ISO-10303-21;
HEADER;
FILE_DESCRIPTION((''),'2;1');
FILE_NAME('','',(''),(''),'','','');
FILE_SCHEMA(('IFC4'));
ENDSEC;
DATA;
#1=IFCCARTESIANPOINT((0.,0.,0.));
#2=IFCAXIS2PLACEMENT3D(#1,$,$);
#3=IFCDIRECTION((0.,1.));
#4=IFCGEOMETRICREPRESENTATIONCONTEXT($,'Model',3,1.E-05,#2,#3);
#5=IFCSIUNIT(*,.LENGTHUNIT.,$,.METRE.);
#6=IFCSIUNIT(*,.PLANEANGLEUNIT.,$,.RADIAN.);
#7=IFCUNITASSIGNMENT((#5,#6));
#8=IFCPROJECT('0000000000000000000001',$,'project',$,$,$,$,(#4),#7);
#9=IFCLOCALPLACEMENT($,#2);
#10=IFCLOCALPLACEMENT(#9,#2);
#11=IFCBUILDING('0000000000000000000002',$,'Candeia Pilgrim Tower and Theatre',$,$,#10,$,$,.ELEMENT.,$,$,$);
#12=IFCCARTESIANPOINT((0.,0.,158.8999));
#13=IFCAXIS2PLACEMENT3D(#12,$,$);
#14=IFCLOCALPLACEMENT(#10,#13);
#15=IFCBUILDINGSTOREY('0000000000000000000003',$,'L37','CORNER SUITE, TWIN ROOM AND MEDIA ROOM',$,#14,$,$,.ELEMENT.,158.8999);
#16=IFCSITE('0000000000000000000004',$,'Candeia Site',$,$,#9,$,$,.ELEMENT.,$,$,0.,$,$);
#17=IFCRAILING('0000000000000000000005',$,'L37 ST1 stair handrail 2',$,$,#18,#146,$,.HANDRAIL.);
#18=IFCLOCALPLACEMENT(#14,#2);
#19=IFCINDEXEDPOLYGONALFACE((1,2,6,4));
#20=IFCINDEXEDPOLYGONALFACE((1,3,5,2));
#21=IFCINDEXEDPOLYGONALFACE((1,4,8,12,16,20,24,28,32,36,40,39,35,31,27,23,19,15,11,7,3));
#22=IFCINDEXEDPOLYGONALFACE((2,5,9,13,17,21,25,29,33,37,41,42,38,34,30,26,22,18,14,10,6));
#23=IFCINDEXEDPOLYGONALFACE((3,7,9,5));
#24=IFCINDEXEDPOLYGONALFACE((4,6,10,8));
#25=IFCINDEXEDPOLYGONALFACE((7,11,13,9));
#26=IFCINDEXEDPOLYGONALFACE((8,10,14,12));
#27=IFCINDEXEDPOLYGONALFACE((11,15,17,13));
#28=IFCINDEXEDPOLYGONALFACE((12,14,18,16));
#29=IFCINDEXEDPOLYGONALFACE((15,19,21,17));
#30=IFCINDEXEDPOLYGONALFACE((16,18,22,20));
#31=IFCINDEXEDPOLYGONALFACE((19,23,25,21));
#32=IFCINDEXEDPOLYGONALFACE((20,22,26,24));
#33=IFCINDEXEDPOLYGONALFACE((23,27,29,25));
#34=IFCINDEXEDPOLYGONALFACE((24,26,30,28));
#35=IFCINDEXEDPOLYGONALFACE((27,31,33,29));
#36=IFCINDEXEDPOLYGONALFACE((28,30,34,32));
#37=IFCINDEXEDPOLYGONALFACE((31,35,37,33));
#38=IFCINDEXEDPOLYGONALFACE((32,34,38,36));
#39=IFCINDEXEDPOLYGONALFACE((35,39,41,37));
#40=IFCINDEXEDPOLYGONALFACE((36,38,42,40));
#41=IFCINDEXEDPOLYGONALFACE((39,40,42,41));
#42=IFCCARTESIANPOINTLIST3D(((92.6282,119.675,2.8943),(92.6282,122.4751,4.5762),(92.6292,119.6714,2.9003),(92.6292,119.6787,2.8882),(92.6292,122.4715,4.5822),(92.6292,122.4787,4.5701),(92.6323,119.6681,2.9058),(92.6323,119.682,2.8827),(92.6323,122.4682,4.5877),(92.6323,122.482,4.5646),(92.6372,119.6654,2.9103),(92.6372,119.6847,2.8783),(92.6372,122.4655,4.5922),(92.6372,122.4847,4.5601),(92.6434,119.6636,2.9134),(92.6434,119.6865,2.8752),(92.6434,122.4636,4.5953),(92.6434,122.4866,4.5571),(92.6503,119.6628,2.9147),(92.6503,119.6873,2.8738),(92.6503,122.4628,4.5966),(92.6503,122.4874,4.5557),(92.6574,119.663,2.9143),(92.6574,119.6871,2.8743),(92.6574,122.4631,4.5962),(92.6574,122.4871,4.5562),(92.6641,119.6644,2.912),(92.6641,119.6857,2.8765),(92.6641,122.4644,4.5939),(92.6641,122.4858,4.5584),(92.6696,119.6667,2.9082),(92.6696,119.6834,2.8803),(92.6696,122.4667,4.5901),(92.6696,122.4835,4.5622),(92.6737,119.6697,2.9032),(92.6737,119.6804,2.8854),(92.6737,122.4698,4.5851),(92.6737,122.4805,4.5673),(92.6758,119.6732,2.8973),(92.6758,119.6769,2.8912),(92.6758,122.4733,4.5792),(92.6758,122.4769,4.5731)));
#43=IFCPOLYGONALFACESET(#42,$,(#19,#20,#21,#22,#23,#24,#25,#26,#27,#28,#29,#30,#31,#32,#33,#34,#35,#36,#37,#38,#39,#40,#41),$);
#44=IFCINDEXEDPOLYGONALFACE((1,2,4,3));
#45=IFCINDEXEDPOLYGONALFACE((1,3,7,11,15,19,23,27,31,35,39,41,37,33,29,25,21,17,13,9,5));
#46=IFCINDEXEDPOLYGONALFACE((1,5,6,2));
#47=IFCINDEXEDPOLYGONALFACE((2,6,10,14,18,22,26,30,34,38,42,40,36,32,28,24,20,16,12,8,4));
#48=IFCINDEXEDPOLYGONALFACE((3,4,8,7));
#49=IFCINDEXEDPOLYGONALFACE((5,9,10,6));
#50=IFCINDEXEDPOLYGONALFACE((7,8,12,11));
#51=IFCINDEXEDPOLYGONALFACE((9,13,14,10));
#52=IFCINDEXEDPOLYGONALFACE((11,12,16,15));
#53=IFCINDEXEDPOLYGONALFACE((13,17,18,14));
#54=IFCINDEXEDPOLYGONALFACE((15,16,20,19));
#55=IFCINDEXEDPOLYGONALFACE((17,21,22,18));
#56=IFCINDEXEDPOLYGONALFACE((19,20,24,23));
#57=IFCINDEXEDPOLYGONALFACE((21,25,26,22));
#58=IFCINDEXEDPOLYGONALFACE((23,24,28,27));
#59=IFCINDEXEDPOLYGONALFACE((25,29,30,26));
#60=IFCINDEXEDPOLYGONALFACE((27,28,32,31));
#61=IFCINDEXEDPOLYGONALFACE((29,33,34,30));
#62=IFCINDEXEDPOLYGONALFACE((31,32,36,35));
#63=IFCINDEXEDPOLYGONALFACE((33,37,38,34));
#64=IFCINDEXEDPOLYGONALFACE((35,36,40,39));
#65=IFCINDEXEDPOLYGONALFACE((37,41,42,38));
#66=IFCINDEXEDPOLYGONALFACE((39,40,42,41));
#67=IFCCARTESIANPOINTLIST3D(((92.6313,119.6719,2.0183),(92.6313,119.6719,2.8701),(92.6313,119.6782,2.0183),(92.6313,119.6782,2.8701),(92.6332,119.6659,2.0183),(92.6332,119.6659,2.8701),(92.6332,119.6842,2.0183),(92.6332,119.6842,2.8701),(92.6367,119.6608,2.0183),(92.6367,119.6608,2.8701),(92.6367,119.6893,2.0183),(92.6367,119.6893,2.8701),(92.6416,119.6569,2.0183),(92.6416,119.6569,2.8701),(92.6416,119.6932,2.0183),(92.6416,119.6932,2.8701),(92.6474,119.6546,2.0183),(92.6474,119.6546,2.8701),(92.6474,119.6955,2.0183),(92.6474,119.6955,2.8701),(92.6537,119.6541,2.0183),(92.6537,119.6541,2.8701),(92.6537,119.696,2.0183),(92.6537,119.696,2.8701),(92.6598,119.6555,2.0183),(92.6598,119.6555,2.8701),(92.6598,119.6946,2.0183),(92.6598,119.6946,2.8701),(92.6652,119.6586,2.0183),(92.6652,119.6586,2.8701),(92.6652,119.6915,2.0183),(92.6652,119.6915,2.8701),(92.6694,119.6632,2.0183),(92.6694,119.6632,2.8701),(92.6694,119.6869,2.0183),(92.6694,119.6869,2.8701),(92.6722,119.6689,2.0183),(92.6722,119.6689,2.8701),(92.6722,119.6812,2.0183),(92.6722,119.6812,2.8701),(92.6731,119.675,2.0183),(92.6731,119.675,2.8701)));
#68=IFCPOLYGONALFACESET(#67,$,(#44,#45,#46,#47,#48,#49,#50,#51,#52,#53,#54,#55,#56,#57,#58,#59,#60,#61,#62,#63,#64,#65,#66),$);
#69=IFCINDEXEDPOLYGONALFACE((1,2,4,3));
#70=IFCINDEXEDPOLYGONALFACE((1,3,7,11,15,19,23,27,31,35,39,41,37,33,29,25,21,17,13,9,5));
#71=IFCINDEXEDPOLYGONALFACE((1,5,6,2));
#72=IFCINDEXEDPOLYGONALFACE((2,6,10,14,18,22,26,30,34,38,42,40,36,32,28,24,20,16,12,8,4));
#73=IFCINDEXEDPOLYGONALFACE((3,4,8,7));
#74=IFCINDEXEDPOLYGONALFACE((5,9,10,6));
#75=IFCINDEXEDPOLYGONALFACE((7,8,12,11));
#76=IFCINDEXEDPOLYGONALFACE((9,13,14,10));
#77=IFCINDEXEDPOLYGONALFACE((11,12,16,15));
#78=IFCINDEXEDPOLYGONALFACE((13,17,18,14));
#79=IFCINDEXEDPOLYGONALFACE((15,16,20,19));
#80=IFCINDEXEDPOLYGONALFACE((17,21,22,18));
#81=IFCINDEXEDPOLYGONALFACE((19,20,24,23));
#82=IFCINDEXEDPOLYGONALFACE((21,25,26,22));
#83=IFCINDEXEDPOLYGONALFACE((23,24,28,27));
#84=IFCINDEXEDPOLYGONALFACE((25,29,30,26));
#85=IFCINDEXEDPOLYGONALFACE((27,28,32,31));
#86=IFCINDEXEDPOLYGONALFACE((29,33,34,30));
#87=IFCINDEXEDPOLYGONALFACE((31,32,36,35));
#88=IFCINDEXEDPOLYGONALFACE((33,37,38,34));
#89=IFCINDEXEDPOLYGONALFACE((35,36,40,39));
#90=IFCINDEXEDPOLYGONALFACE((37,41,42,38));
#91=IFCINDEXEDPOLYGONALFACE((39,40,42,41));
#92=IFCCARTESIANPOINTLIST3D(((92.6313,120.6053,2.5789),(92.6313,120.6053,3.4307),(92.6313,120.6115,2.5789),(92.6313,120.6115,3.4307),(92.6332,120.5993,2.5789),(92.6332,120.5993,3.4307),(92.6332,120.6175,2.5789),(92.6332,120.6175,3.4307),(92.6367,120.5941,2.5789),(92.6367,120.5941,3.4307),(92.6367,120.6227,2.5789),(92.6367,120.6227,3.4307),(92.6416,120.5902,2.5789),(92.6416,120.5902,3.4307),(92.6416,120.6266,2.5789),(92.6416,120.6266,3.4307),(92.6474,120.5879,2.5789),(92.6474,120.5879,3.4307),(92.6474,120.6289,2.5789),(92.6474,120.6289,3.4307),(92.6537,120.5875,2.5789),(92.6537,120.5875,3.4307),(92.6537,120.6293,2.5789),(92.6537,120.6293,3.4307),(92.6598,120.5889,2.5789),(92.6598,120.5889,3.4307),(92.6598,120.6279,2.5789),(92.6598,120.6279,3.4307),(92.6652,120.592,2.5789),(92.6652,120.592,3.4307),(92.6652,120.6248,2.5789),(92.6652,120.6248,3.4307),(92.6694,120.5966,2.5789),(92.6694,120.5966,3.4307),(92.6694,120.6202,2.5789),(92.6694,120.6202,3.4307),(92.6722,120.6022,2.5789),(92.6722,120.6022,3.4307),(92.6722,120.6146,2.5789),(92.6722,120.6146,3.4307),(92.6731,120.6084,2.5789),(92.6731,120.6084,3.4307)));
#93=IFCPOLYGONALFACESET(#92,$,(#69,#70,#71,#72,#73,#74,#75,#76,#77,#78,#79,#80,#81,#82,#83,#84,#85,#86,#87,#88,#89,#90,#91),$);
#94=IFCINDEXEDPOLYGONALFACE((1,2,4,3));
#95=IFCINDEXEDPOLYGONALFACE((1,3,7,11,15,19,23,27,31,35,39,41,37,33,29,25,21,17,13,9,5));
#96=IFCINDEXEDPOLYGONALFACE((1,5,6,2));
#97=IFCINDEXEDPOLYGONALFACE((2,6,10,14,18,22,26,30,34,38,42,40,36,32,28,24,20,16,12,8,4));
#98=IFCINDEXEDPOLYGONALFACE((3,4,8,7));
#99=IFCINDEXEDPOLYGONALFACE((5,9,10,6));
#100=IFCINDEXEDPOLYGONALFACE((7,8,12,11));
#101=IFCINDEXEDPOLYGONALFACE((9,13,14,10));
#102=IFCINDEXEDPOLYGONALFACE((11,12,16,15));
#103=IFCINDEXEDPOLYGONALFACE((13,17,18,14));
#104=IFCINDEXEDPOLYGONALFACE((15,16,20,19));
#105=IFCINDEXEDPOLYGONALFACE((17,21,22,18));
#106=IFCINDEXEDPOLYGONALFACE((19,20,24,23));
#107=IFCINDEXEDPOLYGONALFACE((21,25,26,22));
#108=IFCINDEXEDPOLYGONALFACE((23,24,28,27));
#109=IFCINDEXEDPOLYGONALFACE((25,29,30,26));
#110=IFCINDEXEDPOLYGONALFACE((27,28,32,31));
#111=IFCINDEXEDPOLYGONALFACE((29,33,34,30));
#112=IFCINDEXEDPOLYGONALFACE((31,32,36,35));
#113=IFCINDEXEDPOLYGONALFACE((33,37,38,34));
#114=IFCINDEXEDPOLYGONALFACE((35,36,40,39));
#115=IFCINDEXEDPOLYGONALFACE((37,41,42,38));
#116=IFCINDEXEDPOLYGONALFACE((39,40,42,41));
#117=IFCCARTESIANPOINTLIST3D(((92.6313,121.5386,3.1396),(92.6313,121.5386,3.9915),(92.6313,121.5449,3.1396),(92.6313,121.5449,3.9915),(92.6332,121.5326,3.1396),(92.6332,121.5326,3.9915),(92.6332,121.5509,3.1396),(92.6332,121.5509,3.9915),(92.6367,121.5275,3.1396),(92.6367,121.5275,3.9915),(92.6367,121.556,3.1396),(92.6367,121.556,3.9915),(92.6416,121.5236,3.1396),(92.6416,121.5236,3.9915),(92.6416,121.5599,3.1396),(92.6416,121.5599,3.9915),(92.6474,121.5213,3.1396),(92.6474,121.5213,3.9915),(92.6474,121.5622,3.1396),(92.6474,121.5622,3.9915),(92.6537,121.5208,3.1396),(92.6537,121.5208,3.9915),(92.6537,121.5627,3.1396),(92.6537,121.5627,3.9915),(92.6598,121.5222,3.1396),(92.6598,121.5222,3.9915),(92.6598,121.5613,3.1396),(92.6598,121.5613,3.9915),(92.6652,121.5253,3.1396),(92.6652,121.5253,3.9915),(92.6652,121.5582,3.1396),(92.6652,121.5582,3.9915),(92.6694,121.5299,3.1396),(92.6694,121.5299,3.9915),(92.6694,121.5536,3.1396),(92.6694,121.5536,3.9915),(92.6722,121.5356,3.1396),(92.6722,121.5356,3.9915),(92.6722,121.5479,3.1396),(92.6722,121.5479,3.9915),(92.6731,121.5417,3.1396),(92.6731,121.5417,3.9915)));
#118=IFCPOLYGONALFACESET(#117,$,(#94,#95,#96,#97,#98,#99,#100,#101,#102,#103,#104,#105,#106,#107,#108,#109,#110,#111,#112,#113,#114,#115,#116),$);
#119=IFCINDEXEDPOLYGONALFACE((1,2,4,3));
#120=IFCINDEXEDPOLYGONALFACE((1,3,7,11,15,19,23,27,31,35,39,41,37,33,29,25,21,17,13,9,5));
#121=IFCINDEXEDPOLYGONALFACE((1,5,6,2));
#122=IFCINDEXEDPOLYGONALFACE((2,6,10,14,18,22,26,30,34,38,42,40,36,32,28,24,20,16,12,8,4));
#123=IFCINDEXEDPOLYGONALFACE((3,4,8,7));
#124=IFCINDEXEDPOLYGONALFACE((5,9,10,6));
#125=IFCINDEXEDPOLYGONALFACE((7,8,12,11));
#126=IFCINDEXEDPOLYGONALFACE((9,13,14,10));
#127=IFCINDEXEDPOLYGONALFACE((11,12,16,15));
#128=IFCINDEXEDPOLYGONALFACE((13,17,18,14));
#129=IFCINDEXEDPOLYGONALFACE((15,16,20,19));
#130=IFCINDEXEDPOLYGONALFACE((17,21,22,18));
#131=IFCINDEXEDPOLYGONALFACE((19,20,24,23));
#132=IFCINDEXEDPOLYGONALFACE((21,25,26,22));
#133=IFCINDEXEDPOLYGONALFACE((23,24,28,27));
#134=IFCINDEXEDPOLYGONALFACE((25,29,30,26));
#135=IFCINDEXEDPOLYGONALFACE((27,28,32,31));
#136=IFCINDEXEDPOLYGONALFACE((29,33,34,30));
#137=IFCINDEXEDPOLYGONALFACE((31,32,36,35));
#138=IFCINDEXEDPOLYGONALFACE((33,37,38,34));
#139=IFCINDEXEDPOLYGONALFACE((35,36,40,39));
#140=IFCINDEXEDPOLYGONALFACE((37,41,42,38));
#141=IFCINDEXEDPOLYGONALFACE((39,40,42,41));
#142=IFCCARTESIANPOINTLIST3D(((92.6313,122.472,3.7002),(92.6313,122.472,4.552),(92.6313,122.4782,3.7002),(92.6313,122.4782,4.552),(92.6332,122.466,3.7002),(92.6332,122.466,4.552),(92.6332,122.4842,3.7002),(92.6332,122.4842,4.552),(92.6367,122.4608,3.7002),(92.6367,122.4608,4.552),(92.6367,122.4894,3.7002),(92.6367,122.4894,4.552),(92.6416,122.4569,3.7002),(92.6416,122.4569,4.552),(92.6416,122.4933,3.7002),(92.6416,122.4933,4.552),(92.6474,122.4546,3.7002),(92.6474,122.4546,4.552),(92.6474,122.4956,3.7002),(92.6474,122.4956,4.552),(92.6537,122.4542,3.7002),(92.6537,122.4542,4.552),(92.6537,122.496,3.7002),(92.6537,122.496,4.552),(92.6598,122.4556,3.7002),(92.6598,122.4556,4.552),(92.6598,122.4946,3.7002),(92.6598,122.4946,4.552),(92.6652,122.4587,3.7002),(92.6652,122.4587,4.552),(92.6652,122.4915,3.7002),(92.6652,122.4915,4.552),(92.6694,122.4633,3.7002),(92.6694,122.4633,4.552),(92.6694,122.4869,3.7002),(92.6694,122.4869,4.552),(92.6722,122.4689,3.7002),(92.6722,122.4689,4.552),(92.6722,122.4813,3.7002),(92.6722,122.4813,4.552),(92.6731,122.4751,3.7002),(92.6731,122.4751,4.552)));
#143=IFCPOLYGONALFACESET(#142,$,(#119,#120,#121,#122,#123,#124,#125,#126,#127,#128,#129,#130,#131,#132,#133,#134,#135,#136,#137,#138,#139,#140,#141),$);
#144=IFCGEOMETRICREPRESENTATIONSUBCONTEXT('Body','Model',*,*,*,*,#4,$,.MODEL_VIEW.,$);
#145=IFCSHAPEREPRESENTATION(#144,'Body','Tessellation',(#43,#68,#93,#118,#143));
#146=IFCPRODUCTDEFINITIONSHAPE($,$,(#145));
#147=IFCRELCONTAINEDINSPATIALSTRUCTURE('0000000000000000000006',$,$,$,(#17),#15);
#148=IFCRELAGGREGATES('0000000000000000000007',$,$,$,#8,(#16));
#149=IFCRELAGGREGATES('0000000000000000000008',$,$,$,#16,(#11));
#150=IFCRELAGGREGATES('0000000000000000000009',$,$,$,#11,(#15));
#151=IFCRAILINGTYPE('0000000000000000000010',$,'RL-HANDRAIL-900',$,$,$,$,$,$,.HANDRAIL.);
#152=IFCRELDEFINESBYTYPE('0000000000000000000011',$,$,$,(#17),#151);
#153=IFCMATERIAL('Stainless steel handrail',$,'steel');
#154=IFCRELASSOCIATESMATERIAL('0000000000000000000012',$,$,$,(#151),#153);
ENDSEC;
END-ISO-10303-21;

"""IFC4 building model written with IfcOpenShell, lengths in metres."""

from ifc_helpers import new_model, si_unit, direction, frame, origin, origin_2d, place, context, subcontext, project, spatial, circle, extrude, material, type_object, element, save


model = new_model("IFC4")

# Units and contexts
model_context = context("Model", 3, precision=1e-05, world=origin(), true_north=direction((0.0, 1.0)))
body_context = subcontext(model_context, "Body", "Model", "MODEL_VIEW")
ifc_project = project(units=[si_unit("LENGTHUNIT", "METRE"), si_unit("PLANEANGLEUNIT", "RADIAN")], contexts=[model_context])

# Site, building, storey
site_placement = place(None, origin())
site = spatial("IfcSite", under=ifc_project, at=site_placement, Name="Candeia Site", CompositionType="ELEMENT", RefElevation=0.0)
building_placement = place(site_placement, origin())
building = spatial("IfcBuilding", under=site, at=building_placement, Name="Candeia Pilgrim Tower and Theatre", CompositionType="ELEMENT")
storey_placement = place(building_placement, frame((0.0, 0.0, 158.8999)))
storey = spatial("IfcBuildingStorey", under=building, at=storey_placement, Name="L37", Description="CORNER SUITE, TWIN ROOM AND MEDIA ROOM", CompositionType="ELEMENT", Elevation=158.8999)

# Railing
ifc_material_1 = material(Name="Stainless steel handrail", Category="steel")
railing_type = type_object("IfcRailingType", Name="RL-HANDRAIL-900", PredefinedType="HANDRAIL", material=ifc_material_1)
for number, where, name in (
    (1, (92.6521, 119.675, 2.0183), "L37 ST1 stair handrail 2"),
):
    element("IfcRailing", number, at=place(storey_placement, frame(where)), inside=storey, type_object=railing_type, Name=name, PredefinedType="HANDRAIL", context=body_context, shape_type="SweptSolid", body=[
        extrude(circle(Radius=0.0239, at=origin_2d()), frame((0.0, 0.0, 0.876), z_axis=(0.0, 0.857242, 0.514913), x_axis=(-1.0, 0.0, 0.0)), (0.0, 0.0, 1.0), 3.2664),
        extrude(circle(Radius=0.021, at=origin_2d()), origin(), (0.0, 0.0, 1.0), 0.8518),
        extrude(circle(Radius=0.021, at=origin_2d()), frame((0.0, 0.9333, 0.5605)), (0.0, 0.0, 1.0), 0.8518),
        extrude(circle(Radius=0.021, at=origin_2d()), frame((0.0, 1.8667, 1.1213)), (0.0, 0.0, 1.0), 0.8518),
        extrude(circle(Radius=0.021, at=origin_2d()), frame((0.0, 2.8, 1.6819)), (0.0, 0.0, 1.0), 0.8518),
    ])

save(model, "model.ifc")
